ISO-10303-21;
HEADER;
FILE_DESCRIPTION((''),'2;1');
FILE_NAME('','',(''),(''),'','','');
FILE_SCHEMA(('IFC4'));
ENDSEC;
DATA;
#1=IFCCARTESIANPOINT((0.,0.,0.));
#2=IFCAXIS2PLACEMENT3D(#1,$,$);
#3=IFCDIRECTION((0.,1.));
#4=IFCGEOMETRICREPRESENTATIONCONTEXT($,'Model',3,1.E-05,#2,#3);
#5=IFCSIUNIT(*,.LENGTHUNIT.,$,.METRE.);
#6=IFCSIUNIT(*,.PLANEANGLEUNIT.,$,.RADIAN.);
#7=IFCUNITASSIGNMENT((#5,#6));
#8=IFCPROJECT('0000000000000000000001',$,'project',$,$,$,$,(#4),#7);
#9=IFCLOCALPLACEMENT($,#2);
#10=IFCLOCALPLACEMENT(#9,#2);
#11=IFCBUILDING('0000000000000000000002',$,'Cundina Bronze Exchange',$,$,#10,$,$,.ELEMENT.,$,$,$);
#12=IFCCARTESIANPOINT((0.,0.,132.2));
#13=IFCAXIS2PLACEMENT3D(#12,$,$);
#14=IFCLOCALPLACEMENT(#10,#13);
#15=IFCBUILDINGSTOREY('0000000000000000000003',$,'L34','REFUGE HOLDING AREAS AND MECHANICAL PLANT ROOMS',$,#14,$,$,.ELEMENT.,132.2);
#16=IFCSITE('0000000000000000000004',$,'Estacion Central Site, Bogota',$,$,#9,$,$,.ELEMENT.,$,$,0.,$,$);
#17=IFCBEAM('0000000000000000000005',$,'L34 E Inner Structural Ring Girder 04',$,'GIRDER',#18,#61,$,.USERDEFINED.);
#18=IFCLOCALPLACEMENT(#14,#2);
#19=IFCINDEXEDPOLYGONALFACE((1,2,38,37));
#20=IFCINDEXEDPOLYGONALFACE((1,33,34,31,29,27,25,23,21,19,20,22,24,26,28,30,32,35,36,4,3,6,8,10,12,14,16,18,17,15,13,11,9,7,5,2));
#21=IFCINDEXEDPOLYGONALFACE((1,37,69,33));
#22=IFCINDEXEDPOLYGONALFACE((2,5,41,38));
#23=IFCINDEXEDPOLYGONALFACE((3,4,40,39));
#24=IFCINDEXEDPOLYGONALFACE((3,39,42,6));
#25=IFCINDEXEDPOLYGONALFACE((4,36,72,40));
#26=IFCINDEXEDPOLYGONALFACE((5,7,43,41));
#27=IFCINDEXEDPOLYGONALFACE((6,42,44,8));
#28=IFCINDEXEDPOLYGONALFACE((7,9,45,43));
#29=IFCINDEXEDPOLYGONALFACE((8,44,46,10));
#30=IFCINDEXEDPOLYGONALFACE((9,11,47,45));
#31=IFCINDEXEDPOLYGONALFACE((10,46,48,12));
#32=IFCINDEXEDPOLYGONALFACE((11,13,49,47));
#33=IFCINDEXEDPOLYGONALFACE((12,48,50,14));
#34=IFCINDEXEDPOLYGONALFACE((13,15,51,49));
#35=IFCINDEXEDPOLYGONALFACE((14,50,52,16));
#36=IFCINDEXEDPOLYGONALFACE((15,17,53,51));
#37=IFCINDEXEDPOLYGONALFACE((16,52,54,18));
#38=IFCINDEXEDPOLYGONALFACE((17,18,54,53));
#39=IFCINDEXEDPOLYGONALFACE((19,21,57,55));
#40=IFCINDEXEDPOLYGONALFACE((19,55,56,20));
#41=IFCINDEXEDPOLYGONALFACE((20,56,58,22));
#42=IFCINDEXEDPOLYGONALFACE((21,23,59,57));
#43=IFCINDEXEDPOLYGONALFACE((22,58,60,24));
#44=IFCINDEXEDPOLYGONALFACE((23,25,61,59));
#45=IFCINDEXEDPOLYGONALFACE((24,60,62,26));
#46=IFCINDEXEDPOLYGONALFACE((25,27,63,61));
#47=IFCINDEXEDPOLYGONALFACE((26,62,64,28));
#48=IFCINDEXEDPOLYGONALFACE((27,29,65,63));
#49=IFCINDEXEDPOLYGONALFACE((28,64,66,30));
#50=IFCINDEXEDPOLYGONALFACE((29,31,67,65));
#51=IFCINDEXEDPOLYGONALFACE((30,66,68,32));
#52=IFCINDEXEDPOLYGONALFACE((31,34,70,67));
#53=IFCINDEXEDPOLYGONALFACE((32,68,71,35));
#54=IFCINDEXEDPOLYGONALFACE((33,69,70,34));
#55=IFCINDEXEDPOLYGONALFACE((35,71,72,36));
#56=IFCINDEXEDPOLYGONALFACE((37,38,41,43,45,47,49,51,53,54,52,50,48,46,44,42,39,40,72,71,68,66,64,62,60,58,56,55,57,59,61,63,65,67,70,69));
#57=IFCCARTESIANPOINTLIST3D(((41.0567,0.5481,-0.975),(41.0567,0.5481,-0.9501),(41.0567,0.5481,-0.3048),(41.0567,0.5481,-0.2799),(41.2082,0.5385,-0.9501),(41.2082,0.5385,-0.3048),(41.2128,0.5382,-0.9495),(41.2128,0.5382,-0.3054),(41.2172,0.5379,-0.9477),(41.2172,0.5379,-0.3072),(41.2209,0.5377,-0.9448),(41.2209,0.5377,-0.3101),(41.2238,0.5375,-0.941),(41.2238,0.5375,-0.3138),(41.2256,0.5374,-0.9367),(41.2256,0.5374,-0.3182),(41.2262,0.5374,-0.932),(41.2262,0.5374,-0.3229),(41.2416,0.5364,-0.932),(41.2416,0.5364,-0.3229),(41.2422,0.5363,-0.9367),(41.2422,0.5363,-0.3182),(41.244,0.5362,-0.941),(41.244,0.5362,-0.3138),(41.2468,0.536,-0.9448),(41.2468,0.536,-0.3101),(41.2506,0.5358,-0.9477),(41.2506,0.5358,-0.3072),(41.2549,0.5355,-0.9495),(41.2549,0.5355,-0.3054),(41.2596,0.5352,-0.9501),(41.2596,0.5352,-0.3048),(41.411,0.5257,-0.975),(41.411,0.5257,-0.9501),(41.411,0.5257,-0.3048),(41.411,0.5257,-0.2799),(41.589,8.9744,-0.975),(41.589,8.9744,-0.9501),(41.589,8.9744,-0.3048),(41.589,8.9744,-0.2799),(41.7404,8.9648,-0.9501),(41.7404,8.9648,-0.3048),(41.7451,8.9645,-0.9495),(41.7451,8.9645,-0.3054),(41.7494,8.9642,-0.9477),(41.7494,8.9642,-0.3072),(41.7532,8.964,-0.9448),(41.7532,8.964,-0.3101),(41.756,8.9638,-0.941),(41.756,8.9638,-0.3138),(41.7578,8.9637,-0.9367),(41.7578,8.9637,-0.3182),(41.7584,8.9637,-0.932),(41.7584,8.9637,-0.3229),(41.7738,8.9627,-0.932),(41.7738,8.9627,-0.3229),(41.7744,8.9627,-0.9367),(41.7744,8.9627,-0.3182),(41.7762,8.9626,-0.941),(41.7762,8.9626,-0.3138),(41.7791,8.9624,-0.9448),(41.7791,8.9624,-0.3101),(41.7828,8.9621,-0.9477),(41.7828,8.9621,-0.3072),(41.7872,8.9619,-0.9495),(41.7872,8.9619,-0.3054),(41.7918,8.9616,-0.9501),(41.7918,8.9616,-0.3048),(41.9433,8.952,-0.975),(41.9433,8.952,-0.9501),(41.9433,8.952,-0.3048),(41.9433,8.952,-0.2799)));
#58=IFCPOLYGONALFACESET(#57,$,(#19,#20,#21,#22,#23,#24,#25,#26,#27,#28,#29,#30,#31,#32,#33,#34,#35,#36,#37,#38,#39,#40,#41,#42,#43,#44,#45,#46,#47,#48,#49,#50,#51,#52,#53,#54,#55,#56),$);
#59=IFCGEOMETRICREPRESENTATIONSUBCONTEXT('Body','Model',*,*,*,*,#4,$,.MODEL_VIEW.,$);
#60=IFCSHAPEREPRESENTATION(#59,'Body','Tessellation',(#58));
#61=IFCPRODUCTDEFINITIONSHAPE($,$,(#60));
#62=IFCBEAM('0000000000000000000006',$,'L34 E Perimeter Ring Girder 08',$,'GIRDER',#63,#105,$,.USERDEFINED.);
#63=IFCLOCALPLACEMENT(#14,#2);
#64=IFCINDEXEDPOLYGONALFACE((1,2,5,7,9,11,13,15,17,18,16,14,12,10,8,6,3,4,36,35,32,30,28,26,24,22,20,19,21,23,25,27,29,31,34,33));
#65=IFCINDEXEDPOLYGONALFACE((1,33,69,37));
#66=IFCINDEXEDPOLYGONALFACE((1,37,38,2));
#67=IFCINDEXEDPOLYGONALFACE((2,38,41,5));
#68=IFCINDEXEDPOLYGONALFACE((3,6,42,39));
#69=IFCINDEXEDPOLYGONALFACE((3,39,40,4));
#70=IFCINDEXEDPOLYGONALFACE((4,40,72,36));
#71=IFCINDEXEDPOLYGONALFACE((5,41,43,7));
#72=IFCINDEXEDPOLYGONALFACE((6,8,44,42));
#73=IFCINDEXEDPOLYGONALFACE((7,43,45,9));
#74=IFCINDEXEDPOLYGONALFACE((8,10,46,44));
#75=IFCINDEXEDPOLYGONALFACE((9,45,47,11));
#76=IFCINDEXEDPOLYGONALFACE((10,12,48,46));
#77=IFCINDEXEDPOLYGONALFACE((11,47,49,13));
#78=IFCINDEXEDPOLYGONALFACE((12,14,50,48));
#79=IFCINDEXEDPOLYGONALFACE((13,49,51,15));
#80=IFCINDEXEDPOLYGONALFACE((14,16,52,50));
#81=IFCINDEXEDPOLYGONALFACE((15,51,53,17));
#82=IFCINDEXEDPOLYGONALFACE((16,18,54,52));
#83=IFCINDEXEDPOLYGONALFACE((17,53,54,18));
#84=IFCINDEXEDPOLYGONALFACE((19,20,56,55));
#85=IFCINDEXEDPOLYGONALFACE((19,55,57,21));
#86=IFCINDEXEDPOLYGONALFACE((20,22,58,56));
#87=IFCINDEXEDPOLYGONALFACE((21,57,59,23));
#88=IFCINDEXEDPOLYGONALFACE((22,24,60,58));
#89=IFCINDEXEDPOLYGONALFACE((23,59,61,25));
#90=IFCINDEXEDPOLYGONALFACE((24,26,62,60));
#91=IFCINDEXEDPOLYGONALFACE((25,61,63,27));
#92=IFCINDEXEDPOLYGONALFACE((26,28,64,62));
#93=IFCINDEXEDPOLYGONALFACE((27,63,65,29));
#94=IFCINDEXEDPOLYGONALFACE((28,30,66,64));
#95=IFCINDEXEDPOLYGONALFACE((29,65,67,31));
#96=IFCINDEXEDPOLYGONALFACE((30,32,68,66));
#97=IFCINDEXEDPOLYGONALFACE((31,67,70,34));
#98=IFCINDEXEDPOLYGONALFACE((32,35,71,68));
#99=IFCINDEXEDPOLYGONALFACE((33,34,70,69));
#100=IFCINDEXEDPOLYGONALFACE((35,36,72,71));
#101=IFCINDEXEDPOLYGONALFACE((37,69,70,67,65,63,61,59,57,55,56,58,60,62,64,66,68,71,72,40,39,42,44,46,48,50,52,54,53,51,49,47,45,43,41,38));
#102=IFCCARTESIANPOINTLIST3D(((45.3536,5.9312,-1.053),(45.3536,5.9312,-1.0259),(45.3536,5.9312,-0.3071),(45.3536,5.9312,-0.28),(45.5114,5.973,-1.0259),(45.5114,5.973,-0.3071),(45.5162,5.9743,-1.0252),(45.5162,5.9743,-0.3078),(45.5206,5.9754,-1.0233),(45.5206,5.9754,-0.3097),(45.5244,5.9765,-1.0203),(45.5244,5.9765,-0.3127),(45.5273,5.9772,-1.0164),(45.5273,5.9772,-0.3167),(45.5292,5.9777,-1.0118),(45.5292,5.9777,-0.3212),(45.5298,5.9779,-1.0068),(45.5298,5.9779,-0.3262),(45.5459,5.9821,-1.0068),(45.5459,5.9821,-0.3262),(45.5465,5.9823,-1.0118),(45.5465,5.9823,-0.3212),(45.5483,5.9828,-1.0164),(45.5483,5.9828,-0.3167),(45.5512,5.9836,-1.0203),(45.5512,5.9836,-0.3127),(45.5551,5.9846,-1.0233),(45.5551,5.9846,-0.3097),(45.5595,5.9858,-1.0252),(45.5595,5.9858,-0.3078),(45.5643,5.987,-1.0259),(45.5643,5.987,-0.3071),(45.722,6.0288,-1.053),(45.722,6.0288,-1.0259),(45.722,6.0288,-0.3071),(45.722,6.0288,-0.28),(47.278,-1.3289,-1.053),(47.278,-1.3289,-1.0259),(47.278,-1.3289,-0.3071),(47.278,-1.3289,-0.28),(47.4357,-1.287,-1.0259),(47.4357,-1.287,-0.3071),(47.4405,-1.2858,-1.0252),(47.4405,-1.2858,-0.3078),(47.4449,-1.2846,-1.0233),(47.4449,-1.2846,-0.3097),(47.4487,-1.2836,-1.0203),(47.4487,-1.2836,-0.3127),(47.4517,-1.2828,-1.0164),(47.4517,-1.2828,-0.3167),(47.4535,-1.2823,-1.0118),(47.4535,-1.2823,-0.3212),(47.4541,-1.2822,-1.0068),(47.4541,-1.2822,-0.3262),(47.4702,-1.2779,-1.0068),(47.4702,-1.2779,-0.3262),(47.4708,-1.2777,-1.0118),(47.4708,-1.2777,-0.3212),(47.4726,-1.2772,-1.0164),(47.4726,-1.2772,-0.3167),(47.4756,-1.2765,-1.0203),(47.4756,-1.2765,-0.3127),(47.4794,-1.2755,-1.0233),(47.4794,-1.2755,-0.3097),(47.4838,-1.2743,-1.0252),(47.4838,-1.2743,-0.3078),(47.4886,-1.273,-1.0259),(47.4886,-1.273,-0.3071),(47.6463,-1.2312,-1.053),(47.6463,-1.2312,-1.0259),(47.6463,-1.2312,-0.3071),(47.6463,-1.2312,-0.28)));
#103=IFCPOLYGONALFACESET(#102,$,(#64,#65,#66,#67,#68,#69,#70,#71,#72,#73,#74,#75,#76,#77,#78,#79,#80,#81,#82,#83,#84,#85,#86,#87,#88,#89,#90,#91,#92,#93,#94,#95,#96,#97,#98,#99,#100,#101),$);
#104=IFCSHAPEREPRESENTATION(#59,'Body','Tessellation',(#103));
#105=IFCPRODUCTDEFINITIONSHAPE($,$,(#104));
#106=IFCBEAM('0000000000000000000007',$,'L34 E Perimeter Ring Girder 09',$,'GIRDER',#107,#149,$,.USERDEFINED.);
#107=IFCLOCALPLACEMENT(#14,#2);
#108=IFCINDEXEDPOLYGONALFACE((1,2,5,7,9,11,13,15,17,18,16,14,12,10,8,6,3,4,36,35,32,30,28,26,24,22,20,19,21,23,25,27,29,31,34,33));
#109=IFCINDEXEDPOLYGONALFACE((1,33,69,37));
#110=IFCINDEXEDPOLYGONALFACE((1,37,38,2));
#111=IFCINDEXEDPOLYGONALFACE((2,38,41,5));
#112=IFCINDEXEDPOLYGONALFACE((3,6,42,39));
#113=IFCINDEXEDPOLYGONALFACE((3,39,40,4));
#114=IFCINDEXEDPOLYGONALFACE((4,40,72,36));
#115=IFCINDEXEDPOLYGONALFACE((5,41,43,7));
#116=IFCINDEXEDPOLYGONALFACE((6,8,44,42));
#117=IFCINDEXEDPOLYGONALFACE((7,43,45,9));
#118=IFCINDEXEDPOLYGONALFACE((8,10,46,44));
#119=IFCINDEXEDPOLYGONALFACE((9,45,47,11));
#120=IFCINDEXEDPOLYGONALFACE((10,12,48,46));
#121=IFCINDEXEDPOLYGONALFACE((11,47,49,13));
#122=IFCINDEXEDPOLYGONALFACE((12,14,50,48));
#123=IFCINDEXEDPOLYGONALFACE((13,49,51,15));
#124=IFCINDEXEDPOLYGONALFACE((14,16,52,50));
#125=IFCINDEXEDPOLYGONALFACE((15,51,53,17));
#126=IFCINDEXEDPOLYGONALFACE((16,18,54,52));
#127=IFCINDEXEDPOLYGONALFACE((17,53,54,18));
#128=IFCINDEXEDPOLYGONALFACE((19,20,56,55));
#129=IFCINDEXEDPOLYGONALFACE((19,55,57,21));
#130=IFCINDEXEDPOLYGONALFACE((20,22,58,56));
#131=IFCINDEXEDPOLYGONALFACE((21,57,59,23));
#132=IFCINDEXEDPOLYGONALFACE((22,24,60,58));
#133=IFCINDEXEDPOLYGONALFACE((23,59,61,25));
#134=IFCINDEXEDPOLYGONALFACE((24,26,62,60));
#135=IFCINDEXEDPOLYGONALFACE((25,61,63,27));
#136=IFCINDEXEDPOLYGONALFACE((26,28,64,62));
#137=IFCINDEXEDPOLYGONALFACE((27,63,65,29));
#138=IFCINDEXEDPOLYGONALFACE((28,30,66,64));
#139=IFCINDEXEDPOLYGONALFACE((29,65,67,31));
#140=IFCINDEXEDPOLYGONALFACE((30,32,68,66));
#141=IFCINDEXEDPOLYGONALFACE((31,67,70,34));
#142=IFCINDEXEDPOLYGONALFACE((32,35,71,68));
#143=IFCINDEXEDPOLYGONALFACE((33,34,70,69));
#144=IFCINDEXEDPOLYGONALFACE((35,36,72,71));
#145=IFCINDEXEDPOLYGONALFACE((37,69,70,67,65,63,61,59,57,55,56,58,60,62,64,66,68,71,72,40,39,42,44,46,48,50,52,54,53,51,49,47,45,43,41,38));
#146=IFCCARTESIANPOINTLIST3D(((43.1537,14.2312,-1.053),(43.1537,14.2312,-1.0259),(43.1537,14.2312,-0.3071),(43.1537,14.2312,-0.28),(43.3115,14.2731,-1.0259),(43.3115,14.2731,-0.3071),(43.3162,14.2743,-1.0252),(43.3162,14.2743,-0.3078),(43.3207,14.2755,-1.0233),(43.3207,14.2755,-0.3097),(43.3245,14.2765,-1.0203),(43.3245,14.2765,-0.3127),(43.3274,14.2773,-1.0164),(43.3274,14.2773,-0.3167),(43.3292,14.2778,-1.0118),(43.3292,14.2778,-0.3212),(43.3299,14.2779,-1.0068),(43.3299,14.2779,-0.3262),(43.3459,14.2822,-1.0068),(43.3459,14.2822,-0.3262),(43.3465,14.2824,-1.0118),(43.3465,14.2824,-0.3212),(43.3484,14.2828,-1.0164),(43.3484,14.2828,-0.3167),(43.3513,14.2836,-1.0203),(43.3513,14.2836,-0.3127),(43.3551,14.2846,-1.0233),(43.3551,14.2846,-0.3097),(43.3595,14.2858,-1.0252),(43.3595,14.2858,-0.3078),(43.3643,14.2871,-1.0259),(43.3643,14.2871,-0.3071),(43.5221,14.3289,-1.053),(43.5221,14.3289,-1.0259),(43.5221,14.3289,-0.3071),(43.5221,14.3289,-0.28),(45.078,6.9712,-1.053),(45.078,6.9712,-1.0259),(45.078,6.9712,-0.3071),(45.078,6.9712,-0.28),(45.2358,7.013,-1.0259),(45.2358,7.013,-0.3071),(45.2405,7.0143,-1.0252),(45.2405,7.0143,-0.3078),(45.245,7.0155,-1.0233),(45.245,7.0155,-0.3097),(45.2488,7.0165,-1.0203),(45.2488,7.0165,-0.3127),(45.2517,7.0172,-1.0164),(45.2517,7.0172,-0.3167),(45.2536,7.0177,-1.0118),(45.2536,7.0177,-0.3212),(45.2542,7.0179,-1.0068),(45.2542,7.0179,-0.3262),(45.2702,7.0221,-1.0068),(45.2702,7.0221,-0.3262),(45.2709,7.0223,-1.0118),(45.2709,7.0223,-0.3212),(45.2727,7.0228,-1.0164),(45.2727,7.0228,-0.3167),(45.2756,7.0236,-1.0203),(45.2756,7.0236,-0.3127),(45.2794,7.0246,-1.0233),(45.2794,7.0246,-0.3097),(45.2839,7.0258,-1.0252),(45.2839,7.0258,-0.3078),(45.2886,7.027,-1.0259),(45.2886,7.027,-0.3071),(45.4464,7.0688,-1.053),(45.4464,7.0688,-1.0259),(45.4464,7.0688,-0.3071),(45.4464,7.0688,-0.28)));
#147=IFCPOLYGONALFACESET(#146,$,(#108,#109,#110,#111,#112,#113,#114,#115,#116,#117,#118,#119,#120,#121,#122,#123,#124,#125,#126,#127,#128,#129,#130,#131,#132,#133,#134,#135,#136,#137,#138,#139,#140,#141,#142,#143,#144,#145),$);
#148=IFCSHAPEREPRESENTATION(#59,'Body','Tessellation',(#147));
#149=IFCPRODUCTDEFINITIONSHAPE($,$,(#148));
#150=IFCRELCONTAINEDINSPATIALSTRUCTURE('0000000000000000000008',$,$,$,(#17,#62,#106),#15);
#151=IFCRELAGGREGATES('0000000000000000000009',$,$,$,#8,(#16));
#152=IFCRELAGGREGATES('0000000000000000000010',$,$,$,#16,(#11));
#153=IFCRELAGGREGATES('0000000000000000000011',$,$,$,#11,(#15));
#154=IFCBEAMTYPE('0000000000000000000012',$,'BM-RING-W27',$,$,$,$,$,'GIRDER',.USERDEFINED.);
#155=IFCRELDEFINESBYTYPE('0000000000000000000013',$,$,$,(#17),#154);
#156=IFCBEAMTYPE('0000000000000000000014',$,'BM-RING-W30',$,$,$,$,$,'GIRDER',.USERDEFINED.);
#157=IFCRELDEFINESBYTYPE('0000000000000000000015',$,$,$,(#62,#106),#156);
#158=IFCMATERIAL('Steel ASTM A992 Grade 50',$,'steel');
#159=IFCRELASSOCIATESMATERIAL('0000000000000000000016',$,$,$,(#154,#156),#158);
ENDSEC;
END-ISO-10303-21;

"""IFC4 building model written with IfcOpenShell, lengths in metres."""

from ifc_helpers import new_model, si_unit, direction, frame, origin, origin_2d, place, context, subcontext, project, spatial, i_section, extrude, material, material_profile, profile_set, type_object, element, save


model = new_model("IFC4")

# Units and contexts
model_context = context("Model", 3, precision=1e-05, world=origin(), true_north=direction((0.0, 1.0)))
body_context = subcontext(model_context, "Body", "Model", "MODEL_VIEW")
ifc_project = project(units=[si_unit("LENGTHUNIT", "METRE"), si_unit("PLANEANGLEUNIT", "RADIAN")], contexts=[model_context])

# Site, building, storey
site_placement = place(None, origin())
site = spatial("IfcSite", under=ifc_project, at=site_placement, Name="Estacion Central Site, Bogota", CompositionType="ELEMENT", RefElevation=0.0)
building_placement = place(site_placement, origin())
building = spatial("IfcBuilding", under=site, at=building_placement, Name="Cundina Bronze Exchange", CompositionType="ELEMENT")
storey_placement = place(building_placement, frame((0.0, 0.0, 132.2)))
storey = spatial("IfcBuildingStorey", under=building, at=storey_placement, Name="L34", Description="REFUGE HOLDING AREAS AND MECHANICAL PLANT ROOMS", CompositionType="ELEMENT", Elevation=132.2)

# Beams
ifc_material_1 = material(Name="Steel ASTM A992 Grade 50", Category="steel")
ifc_material_profile_1 = material_profile(ifc_material_1, i_section(OverallWidth=0.355, OverallDepth=0.6951, WebThickness=0.0154, FlangeThickness=0.0249, FilletRadius=0.0181, at=origin_2d()), Name="W27X146", Category="steel")
ifc_profile_set_1 = profile_set([ifc_material_profile_1], Name="Steel ASTM A992 Grade 50")
beam_type_1 = type_object("IfcBeamType", Name="BM-RING-W27", ElementType="GIRDER", PredefinedType="USERDEFINED", material=ifc_profile_set_1)
beam_1_placement = place(storey_placement, frame((41.2339, 0.5369, -0.6274), z_axis=(0.063037, 0.998011, 0.0), x_axis=(-0.998011, 0.063037, 0.0)))
element("IfcBeam", 1, at=beam_1_placement, inside=storey, type_object=beam_type_1, Name="L34 E Inner Structural Ring Girder 04", ObjectType="GIRDER", PredefinedType="USERDEFINED", context=body_context, shape_type="SweptSolid", body=[
    extrude(i_section(OverallWidth=0.355, OverallDepth=0.6951, WebThickness=0.0154, FlangeThickness=0.0249, FilletRadius=0.0181, at=origin_2d()), origin(), (0.0, 0.0, 1.0), 8.4431),
])
ifc_material_profile_2 = material_profile(ifc_material_1, i_section(OverallWidth=0.3811, OverallDepth=0.7729, WebThickness=0.0166, FlangeThickness=0.0271, FilletRadius=0.019, at=origin_2d()), Name="W30X173", Category="steel")
ifc_profile_set_2 = profile_set([ifc_material_profile_2], Name="Steel ASTM A992 Grade 50")
beam_type_2 = type_object("IfcBeamType", Name="BM-RING-W30", ElementType="GIRDER", PredefinedType="USERDEFINED", material=ifc_profile_set_2)
for number, where, z_axis, x_axis, name in (
    (2, (47.4622, -1.28, -0.6665), (-0.25621, 0.966621, 0.0), (-0.966621, -0.25621, 0.0), "L34 E Perimeter Ring Girder 08"),
    (3, (45.2622, 7.02, -0.6665), (-0.25621, 0.966621, 0.0), (-0.966621, -0.25621, 0.0), "L34 E Perimeter Ring Girder 09"),
):
    element("IfcBeam", number, at=place(storey_placement, frame(where, z_axis=z_axis, x_axis=x_axis)), inside=storey, type_object=beam_type_2, Name=name, ObjectType="GIRDER", PredefinedType="USERDEFINED", context=body_context, shape_type="SweptSolid", body=[
        extrude(i_section(OverallWidth=0.3811, OverallDepth=0.7729, WebThickness=0.0166, FlangeThickness=0.0271, FilletRadius=0.019, at=origin_2d()), origin(), (0.0, 0.0, 1.0), 7.5107),
    ])

save(model, "model.ifc")
